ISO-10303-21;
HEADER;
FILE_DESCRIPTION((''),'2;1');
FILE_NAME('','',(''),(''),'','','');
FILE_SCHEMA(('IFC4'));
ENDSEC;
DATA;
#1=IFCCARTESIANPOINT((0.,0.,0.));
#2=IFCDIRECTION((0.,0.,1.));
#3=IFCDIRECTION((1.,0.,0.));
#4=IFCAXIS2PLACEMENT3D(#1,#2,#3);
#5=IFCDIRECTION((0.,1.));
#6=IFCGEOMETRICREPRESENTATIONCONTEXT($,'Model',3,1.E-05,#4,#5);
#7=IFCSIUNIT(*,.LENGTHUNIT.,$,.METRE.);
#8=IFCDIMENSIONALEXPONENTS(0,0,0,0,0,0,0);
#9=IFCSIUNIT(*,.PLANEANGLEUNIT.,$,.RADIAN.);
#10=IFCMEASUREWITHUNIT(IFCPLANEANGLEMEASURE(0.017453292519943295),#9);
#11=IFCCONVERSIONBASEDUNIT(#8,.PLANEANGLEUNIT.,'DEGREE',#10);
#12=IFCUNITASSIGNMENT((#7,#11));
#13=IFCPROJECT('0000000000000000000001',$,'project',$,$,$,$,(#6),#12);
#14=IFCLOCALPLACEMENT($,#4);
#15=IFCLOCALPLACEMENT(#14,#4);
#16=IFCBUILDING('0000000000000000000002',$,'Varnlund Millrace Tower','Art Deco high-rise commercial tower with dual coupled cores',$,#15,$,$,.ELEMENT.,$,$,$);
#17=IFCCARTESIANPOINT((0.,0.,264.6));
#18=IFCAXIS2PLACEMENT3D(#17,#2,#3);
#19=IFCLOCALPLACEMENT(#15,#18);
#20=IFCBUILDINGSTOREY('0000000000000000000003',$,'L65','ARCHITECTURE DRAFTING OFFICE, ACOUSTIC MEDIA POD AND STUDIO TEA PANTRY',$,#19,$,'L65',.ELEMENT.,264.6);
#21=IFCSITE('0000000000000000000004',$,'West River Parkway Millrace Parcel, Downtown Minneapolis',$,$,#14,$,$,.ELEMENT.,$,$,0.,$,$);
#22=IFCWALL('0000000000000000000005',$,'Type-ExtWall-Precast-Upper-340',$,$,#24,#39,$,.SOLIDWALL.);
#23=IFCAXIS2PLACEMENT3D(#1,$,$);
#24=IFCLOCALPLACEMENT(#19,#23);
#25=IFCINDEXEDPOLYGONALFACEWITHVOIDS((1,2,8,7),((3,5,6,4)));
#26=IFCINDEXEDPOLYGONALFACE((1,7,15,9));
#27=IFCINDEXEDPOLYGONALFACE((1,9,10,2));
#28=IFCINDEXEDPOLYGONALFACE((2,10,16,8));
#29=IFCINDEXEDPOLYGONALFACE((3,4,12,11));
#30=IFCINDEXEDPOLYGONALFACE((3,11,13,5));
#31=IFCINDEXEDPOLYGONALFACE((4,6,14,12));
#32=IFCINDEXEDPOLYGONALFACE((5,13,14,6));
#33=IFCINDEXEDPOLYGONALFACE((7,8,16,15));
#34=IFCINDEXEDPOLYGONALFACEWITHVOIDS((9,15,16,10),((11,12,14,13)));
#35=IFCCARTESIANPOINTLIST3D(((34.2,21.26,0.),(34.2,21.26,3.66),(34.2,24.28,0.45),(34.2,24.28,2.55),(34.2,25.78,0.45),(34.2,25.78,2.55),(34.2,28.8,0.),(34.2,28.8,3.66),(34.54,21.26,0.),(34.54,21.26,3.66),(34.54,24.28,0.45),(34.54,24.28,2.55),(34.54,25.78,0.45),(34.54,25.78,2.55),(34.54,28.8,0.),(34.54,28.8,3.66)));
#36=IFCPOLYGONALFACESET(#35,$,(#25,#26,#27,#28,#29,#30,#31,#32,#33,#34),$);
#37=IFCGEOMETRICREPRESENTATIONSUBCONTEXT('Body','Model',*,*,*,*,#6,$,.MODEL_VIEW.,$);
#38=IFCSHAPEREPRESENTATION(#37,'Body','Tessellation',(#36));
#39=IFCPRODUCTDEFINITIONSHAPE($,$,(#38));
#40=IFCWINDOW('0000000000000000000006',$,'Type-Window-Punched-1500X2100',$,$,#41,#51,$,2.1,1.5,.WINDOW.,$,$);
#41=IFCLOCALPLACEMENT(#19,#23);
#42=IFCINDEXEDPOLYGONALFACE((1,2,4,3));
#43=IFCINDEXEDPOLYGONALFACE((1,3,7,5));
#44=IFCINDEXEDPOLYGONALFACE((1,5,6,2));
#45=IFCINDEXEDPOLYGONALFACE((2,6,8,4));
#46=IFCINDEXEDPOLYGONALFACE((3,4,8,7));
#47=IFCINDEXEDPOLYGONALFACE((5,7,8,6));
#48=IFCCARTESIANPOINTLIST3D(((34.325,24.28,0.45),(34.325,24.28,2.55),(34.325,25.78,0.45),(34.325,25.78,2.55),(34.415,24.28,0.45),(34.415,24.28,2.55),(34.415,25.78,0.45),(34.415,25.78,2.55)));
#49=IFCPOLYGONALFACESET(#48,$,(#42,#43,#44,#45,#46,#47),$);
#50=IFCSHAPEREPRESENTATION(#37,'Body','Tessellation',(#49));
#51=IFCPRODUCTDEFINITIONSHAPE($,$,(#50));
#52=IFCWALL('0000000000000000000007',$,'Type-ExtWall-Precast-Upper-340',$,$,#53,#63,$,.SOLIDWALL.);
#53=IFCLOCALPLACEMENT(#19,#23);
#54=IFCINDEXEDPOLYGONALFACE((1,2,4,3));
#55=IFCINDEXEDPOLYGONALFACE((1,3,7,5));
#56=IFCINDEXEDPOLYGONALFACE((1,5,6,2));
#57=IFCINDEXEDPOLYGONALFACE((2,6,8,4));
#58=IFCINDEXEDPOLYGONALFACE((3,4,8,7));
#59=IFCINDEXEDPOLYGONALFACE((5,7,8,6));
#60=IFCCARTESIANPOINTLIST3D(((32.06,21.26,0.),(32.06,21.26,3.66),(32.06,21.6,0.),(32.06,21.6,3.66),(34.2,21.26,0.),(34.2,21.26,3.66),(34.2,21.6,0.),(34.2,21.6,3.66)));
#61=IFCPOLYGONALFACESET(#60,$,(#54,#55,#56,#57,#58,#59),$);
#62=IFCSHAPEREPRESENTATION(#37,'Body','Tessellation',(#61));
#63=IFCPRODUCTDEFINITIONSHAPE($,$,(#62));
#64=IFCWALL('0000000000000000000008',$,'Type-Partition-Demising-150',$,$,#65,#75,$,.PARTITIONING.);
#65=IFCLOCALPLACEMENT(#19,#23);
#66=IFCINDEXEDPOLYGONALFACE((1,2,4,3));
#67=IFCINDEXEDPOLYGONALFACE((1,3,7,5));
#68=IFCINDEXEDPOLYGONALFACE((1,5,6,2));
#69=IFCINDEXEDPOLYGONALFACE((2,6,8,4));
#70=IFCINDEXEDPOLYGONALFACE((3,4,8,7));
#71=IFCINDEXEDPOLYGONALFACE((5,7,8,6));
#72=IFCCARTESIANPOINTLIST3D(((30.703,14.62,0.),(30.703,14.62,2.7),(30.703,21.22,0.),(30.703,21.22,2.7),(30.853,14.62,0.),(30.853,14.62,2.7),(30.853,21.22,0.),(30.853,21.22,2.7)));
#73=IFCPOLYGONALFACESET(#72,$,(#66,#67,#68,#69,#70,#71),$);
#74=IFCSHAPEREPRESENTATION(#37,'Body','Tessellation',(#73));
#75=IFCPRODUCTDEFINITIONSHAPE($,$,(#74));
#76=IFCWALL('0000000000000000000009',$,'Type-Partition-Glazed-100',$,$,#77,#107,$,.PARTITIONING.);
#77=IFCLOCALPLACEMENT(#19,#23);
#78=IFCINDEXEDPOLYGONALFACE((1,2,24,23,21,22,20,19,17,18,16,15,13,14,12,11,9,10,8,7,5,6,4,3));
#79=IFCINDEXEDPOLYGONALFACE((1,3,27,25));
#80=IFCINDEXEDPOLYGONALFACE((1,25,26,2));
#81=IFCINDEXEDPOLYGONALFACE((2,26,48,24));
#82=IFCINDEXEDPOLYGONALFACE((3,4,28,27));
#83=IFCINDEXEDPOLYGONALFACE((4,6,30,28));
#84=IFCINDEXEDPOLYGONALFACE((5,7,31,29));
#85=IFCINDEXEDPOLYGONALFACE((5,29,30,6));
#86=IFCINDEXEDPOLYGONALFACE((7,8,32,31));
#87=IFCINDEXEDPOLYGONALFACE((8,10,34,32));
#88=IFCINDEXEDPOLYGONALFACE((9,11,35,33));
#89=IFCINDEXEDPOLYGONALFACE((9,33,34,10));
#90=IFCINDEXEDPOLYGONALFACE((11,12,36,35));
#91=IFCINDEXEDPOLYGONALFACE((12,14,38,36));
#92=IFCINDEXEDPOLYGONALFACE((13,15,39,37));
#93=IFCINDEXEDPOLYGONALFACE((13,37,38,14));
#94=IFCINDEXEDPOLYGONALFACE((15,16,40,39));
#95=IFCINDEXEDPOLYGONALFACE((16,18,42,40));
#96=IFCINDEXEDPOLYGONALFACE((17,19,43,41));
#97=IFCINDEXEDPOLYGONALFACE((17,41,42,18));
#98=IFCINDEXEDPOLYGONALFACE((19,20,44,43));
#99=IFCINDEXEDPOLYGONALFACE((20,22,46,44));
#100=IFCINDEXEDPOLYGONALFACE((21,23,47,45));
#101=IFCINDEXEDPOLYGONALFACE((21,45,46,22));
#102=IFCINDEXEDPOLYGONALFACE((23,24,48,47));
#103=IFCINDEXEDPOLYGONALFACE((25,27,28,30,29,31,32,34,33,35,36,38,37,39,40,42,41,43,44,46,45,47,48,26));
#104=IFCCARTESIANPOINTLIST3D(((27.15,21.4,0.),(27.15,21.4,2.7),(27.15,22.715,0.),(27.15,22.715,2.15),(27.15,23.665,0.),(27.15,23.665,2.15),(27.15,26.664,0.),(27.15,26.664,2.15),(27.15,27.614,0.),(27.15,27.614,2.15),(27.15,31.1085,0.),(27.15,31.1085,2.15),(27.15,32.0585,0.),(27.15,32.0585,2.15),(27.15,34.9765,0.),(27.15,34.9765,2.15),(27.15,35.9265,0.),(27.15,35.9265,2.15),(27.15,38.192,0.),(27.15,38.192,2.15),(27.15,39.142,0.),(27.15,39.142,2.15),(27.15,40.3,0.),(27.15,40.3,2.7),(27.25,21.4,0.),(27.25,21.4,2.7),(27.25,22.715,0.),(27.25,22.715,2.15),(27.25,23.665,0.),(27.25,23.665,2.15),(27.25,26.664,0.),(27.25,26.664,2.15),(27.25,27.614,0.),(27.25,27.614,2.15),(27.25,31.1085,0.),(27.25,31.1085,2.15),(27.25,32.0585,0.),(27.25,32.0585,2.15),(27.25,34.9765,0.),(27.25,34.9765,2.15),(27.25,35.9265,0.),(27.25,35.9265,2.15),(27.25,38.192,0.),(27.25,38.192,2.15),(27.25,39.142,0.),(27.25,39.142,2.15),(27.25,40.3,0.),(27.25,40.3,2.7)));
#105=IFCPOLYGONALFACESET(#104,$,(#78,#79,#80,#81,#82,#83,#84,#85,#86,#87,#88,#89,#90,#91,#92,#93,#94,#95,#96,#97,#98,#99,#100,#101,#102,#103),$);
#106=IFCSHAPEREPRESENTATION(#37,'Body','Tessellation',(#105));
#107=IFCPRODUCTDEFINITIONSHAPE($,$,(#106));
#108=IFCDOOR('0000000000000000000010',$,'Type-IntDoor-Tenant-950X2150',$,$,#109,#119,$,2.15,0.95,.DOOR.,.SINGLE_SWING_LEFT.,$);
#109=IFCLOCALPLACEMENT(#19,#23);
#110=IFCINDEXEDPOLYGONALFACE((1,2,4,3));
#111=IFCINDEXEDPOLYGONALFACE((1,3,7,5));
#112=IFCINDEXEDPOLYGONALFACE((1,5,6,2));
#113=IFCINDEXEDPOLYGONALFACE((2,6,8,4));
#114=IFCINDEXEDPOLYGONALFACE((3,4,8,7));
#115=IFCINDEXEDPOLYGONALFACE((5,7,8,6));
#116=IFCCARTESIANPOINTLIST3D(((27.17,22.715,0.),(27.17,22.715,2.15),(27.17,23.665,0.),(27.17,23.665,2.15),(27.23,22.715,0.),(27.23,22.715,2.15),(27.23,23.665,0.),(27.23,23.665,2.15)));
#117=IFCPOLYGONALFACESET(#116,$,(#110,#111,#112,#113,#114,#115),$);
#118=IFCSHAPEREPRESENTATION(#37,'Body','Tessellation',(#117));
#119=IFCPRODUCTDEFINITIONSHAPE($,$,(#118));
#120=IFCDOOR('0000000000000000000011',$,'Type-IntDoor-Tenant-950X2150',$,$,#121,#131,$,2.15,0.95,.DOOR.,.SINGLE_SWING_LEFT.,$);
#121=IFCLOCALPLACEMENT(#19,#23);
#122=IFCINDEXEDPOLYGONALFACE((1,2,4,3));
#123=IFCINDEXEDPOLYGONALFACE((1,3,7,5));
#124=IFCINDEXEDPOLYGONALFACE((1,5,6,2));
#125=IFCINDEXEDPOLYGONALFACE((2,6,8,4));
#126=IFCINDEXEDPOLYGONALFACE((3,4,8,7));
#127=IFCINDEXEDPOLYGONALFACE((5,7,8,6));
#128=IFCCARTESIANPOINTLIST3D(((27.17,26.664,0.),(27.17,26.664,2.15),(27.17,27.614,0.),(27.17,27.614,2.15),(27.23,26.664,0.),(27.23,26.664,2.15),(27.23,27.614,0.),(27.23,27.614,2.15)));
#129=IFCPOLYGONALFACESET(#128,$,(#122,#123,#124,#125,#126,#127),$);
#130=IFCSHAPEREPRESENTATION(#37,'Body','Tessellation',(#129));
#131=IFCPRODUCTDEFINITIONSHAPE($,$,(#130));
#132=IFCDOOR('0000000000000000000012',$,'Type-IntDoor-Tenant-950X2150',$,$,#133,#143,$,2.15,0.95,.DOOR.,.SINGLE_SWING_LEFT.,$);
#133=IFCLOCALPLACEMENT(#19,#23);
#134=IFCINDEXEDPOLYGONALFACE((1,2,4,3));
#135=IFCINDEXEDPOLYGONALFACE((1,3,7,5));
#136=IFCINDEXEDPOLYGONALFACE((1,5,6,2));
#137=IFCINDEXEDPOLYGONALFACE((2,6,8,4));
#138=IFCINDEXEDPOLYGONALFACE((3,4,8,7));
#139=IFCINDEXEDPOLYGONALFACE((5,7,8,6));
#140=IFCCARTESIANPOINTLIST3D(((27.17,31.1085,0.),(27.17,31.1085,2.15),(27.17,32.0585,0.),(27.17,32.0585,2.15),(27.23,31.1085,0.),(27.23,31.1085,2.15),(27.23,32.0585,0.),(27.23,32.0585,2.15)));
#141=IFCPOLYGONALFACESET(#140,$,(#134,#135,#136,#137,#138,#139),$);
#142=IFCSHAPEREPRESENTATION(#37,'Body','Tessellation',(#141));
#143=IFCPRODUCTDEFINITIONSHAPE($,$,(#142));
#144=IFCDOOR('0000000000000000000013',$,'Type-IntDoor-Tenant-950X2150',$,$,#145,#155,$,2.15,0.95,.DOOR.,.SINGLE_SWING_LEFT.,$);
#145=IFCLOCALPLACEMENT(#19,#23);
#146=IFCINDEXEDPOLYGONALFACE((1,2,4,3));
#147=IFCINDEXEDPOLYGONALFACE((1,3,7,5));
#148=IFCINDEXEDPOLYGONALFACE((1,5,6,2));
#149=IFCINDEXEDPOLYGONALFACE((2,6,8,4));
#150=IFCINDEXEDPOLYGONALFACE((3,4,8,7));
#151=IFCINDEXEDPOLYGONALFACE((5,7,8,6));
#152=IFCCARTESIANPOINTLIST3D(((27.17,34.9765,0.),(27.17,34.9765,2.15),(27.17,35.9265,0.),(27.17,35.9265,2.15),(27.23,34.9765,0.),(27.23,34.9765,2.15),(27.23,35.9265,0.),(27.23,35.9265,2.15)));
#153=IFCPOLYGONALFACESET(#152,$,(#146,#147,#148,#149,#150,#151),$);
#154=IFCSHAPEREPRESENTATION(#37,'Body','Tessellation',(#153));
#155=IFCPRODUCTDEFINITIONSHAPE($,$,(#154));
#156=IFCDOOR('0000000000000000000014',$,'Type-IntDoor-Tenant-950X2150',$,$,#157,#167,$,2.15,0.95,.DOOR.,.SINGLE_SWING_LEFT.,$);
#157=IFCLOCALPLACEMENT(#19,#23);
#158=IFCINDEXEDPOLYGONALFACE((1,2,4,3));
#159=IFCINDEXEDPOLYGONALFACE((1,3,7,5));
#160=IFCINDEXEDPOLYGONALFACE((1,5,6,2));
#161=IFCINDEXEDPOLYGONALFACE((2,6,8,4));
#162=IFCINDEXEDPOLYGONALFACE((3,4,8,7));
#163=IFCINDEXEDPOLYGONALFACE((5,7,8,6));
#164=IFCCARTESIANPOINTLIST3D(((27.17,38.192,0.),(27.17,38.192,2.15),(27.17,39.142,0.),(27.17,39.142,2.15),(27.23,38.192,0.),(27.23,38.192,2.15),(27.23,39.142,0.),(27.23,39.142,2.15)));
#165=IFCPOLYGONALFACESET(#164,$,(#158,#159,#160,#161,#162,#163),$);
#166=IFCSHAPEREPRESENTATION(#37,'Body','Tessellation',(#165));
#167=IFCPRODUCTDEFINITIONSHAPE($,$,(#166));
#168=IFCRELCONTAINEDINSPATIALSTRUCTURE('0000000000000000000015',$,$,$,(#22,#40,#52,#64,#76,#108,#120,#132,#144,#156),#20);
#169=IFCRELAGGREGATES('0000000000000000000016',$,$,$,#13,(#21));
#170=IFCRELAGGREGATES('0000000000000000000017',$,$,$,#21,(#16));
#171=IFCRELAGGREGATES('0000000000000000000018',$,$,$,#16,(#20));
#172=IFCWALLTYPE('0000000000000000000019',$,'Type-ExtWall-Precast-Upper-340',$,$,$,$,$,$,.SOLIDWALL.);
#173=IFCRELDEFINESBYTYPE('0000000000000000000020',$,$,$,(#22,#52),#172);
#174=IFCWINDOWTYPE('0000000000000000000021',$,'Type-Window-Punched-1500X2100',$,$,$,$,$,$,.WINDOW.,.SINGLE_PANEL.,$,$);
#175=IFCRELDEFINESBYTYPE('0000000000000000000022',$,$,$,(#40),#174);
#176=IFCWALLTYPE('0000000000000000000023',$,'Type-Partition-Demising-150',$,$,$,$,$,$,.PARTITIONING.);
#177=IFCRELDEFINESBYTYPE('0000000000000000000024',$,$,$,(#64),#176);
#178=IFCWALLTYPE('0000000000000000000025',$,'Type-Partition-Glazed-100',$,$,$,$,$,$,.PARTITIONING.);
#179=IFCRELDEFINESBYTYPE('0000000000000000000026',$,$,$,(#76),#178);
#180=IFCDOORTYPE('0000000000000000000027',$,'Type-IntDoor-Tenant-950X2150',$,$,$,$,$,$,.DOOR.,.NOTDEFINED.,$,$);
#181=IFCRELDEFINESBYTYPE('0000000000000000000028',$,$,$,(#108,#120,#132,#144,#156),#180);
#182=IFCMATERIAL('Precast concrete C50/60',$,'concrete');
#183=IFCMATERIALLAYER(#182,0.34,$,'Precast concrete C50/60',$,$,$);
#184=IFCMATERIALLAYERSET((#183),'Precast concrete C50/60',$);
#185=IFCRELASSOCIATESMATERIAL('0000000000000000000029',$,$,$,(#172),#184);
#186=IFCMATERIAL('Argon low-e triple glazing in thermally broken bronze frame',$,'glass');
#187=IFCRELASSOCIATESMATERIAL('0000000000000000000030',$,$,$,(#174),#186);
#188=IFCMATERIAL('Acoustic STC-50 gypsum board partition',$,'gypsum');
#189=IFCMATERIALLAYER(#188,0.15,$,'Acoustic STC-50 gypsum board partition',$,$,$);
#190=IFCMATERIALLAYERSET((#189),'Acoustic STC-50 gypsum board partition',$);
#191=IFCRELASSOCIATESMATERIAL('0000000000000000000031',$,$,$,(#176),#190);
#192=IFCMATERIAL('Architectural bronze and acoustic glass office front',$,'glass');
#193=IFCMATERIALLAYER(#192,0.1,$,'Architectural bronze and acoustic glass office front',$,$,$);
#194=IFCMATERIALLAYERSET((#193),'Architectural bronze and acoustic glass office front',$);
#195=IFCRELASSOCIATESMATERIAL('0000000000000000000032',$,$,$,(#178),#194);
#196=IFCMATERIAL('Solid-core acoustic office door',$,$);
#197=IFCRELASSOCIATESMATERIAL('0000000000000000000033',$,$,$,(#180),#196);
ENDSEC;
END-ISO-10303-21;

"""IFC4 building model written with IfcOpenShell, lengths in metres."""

from ifc_helpers import new_model, entity, si_unit, converted_unit, direction, frame, origin_with_axes, origin_2d_with_axis, place, context, subcontext, project, spatial, polyline, rectangle, outline, extrude, material, layer, layer_set, type_object, element, fill, save


model = new_model("IFC4")

# Units and contexts
model_context = context("Model", 3, precision=1e-05, world=origin_with_axes(), true_north=direction((0.0, 1.0)))
body_context = subcontext(model_context, "Body", "Model", "MODEL_VIEW")
ifc_project = project(units=[si_unit("LENGTHUNIT", "METRE"), converted_unit("PLANEANGLEUNIT", "DEGREE", entity("IfcPlaneAngleMeasure", 0.017453292519943295), si_unit("PLANEANGLEUNIT", "RADIAN"), dimensions=[0, 0, 0, 0, 0, 0, 0])], contexts=[model_context])

# Site, building, storey
site_placement = place(None, origin_with_axes())
site = spatial("IfcSite", under=ifc_project, at=site_placement, Name="West River Parkway Millrace Parcel, Downtown Minneapolis", CompositionType="ELEMENT", RefElevation=0.0)
building_placement = place(site_placement, origin_with_axes())
building = spatial("IfcBuilding", under=site, at=building_placement, Name="Varnlund Millrace Tower", Description="Art Deco high-rise commercial tower with dual coupled cores", CompositionType="ELEMENT")
storey_placement = place(building_placement, frame((0.0, 0.0, 264.6), z_axis=(0.0, 0.0, 1.0), x_axis=(1.0, 0.0, 0.0)))
storey = spatial("IfcBuildingStorey", under=building, at=storey_placement, Name="L65", Description="ARCHITECTURE DRAFTING OFFICE, ACOUSTIC MEDIA POD AND STUDIO TEA PANTRY", LongName="L65", CompositionType="ELEMENT", Elevation=264.6)

# Wall, opening, window
ifc_material_1 = material(Name="Precast concrete C50/60", Category="concrete")
ifc_layer_1 = layer(ifc_material_1, 0.34, Name="Precast concrete C50/60")
ifc_layer_set_1 = layer_set([ifc_layer_1], Name="Precast concrete C50/60")
wall_type_1 = type_object("IfcWallType", Name="Type-ExtWall-Precast-Upper-340", PredefinedType="SOLIDWALL", material=ifc_layer_set_1)
wall_1_placement = place(storey_placement, frame((34.37, 21.26, 0.0), z_axis=(0.0, 0.0, 1.0), x_axis=(0.0, 1.0, 0.0)))
wall_1 = element("IfcWall", 1, at=wall_1_placement, inside=storey, type_object=wall_type_1, Name="Type-ExtWall-Precast-Upper-340", PredefinedType="SOLIDWALL", context=body_context, shape_type="SweptSolid", body=[
    extrude(outline(polyline([(0.0, -0.17), (7.54, -0.17), (7.54, 0.17), (0.0, 0.17), (0.0, -0.17)])), origin_with_axes(), (0.0, 0.0, 1.0), 3.66),
])
opening_1_placement = place(wall_1_placement, frame((3.77, 0.0, 0.45), z_axis=(0.0, 0.0, 1.0), x_axis=(1.0, 0.0, 0.0)))
opening_1 = element("IfcOpeningElement", 2, at=opening_1_placement, cuts=wall_1, PredefinedType="OPENING", context=body_context, shape_type="SweptSolid", body=[
    extrude(rectangle(XDim=1.5, YDim=0.36, at=origin_2d_with_axis()), origin_with_axes(), (0.0, 0.0, 1.0), 2.1),
])
ifc_material_2 = material(Name="Argon low-e triple glazing in thermally broken bronze frame", Category="glass")
window_type = type_object("IfcWindowType", Name="Type-Window-Punched-1500X2100", PartitioningType="SINGLE_PANEL", PredefinedType="WINDOW", material=ifc_material_2)
window_placement = place(wall_1_placement, frame((3.77, 0.0, 0.45), z_axis=(0.0, 0.0, 1.0), x_axis=(1.0, 0.0, 0.0)))
window = element("IfcWindow", 3, at=window_placement, inside=storey, type_object=window_type, Name="Type-Window-Punched-1500X2100", OverallHeight=2.1, OverallWidth=1.5, PredefinedType="WINDOW", context=body_context, shape_type="SweptSolid", body=[
    extrude(rectangle(XDim=1.5, YDim=0.09, at=origin_2d_with_axis()), origin_with_axes(), (0.0, 0.0, 1.0), 2.1),
])
fill(opening_1, window)

# Walls
wall_2_placement = place(storey_placement, frame((32.06, 21.43, 0.0), z_axis=(0.0, 0.0, 1.0), x_axis=(1.0, 0.0, 0.0)))
element("IfcWall", 4, at=wall_2_placement, inside=storey, type_object=wall_type_1, Name="Type-ExtWall-Precast-Upper-340", PredefinedType="SOLIDWALL", context=body_context, shape_type="SweptSolid", body=[
    extrude(outline(polyline([(0.0, -0.17), (2.14, -0.17), (2.14, 0.17), (0.0, 0.17), (0.0, -0.17)])), origin_with_axes(), (0.0, 0.0, 1.0), 3.66),
])
ifc_material_3 = material(Name="Acoustic STC-50 gypsum board partition", Category="gypsum")
ifc_layer_2 = layer(ifc_material_3, 0.15, Name="Acoustic STC-50 gypsum board partition")
ifc_layer_set_2 = layer_set([ifc_layer_2], Name="Acoustic STC-50 gypsum board partition")
wall_type_2 = type_object("IfcWallType", Name="Type-Partition-Demising-150", PredefinedType="PARTITIONING", material=ifc_layer_set_2)
wall_3_placement = place(storey_placement, frame((30.778, 14.62, 0.0), z_axis=(0.0, 0.0, 1.0), x_axis=(0.0, 1.0, 0.0)))
element("IfcWall", 5, at=wall_3_placement, inside=storey, type_object=wall_type_2, Name="Type-Partition-Demising-150", PredefinedType="PARTITIONING", context=body_context, shape_type="SweptSolid", body=[
    extrude(outline(polyline([(0.0, -0.075), (6.6, -0.075), (6.6, 0.075), (0.0, 0.075), (0.0, -0.075)])), origin_with_axes(), (0.0, 0.0, 1.0), 2.7),
])

# Wall, openings, doors
ifc_material_4 = material(Name="Architectural bronze and acoustic glass office front", Category="glass")
ifc_layer_3 = layer(ifc_material_4, 0.1, Name="Architectural bronze and acoustic glass office front")
ifc_layer_set_3 = layer_set([ifc_layer_3], Name="Architectural bronze and acoustic glass office front")
wall_type_3 = type_object("IfcWallType", Name="Type-Partition-Glazed-100", PredefinedType="PARTITIONING", material=ifc_layer_set_3)
wall_4_placement = place(storey_placement, frame((27.2, 21.4, 0.0), z_axis=(0.0, 0.0, 1.0), x_axis=(0.0, 1.0, 0.0)))
wall_4 = element("IfcWall", 6, at=wall_4_placement, inside=storey, type_object=wall_type_3, Name="Type-Partition-Glazed-100", PredefinedType="PARTITIONING", context=body_context, shape_type="SweptSolid", body=[
    extrude(outline(polyline([(0.0, -0.05), (18.9, -0.05), (18.9, 0.05), (0.0, 0.05), (0.0, -0.05)])), origin_with_axes(), (0.0, 0.0, 1.0), 2.7),
])
opening_2_placement = place(wall_4_placement, frame((1.79, 0.0, 0.0), z_axis=(0.0, 0.0, 1.0), x_axis=(1.0, 0.0, 0.0)))
opening_2 = element("IfcOpeningElement", 7, at=opening_2_placement, cuts=wall_4, PredefinedType="OPENING", context=body_context, shape_type="SweptSolid", body=[
    extrude(rectangle(XDim=0.95, YDim=0.12, at=origin_2d_with_axis()), origin_with_axes(), (0.0, 0.0, 1.0), 2.15),
])
opening_3_placement = place(wall_4_placement, frame((5.739, 0.0, 0.0), z_axis=(0.0, 0.0, 1.0), x_axis=(1.0, 0.0, 0.0)))
opening_3 = element("IfcOpeningElement", 8, at=opening_3_placement, cuts=wall_4, PredefinedType="OPENING", context=body_context, shape_type="SweptSolid", body=[
    extrude(rectangle(XDim=0.95, YDim=0.12, at=origin_2d_with_axis()), origin_with_axes(), (0.0, 0.0, 1.0), 2.15),
])
opening_4_placement = place(wall_4_placement, frame((10.1835, 0.0, 0.0), z_axis=(0.0, 0.0, 1.0), x_axis=(1.0, 0.0, 0.0)))
opening_4 = element("IfcOpeningElement", 9, at=opening_4_placement, cuts=wall_4, PredefinedType="OPENING", context=body_context, shape_type="SweptSolid", body=[
    extrude(rectangle(XDim=0.95, YDim=0.12, at=origin_2d_with_axis()), origin_with_axes(), (0.0, 0.0, 1.0), 2.15),
])
opening_5_placement = place(wall_4_placement, frame((14.0515, 0.0, 0.0), z_axis=(0.0, 0.0, 1.0), x_axis=(1.0, 0.0, 0.0)))
opening_5 = element("IfcOpeningElement", 10, at=opening_5_placement, cuts=wall_4, PredefinedType="OPENING", context=body_context, shape_type="SweptSolid", body=[
    extrude(rectangle(XDim=0.95, YDim=0.12, at=origin_2d_with_axis()), origin_with_axes(), (0.0, 0.0, 1.0), 2.15),
])
opening_6_placement = place(wall_4_placement, frame((17.267, 0.0, 0.0), z_axis=(0.0, 0.0, 1.0), x_axis=(1.0, 0.0, 0.0)))
opening_6 = element("IfcOpeningElement", 11, at=opening_6_placement, cuts=wall_4, PredefinedType="OPENING", context=body_context, shape_type="SweptSolid", body=[
    extrude(rectangle(XDim=0.95, YDim=0.12, at=origin_2d_with_axis()), origin_with_axes(), (0.0, 0.0, 1.0), 2.15),
])
ifc_material_5 = material(Name="Solid-core acoustic office door")
door_type = type_object("IfcDoorType", Name="Type-IntDoor-Tenant-950X2150", OperationType="NOTDEFINED", PredefinedType="DOOR", material=ifc_material_5)
door_1_placement = place(wall_4_placement, frame((1.79, 0.0, 0.0), z_axis=(0.0, 0.0, 1.0), x_axis=(1.0, 0.0, 0.0)))
door_1 = element("IfcDoor", 12, at=door_1_placement, inside=storey, type_object=door_type, Name="Type-IntDoor-Tenant-950X2150", OperationType="SINGLE_SWING_LEFT", OverallHeight=2.15, OverallWidth=0.95, PredefinedType="DOOR", context=body_context, shape_type="SweptSolid", body=[
    extrude(rectangle(XDim=0.95, YDim=0.06, at=origin_2d_with_axis()), origin_with_axes(), (0.0, 0.0, 1.0), 2.15),
])
fill(opening_2, door_1)
door_2_placement = place(wall_4_placement, frame((5.739, 0.0, 0.0), z_axis=(0.0, 0.0, 1.0), x_axis=(1.0, 0.0, 0.0)))
door_2 = element("IfcDoor", 13, at=door_2_placement, inside=storey, type_object=door_type, Name="Type-IntDoor-Tenant-950X2150", OperationType="SINGLE_SWING_LEFT", OverallHeight=2.15, OverallWidth=0.95, PredefinedType="DOOR", context=body_context, shape_type="SweptSolid", body=[
    extrude(rectangle(XDim=0.95, YDim=0.06, at=origin_2d_with_axis()), origin_with_axes(), (0.0, 0.0, 1.0), 2.15),
])
fill(opening_3, door_2)
door_3_placement = place(wall_4_placement, frame((10.1835, 0.0, 0.0), z_axis=(0.0, 0.0, 1.0), x_axis=(1.0, 0.0, 0.0)))
door_3 = element("IfcDoor", 14, at=door_3_placement, inside=storey, type_object=door_type, Name="Type-IntDoor-Tenant-950X2150", OperationType="SINGLE_SWING_LEFT", OverallHeight=2.15, OverallWidth=0.95, PredefinedType="DOOR", context=body_context, shape_type="SweptSolid", body=[
    extrude(rectangle(XDim=0.95, YDim=0.06, at=origin_2d_with_axis()), origin_with_axes(), (0.0, 0.0, 1.0), 2.15),
])
fill(opening_4, door_3)
door_4_placement = place(wall_4_placement, frame((14.0515, 0.0, 0.0), z_axis=(0.0, 0.0, 1.0), x_axis=(1.0, 0.0, 0.0)))
door_4 = element("IfcDoor", 15, at=door_4_placement, inside=storey, type_object=door_type, Name="Type-IntDoor-Tenant-950X2150", OperationType="SINGLE_SWING_LEFT", OverallHeight=2.15, OverallWidth=0.95, PredefinedType="DOOR", context=body_context, shape_type="SweptSolid", body=[
    extrude(rectangle(XDim=0.95, YDim=0.06, at=origin_2d_with_axis()), origin_with_axes(), (0.0, 0.0, 1.0), 2.15),
])
fill(opening_5, door_4)
door_5_placement = place(wall_4_placement, frame((17.267, 0.0, 0.0), z_axis=(0.0, 0.0, 1.0), x_axis=(1.0, 0.0, 0.0)))
door_5 = element("IfcDoor", 16, at=door_5_placement, inside=storey, type_object=door_type, Name="Type-IntDoor-Tenant-950X2150", OperationType="SINGLE_SWING_LEFT", OverallHeight=2.15, OverallWidth=0.95, PredefinedType="DOOR", context=body_context, shape_type="SweptSolid", body=[
    extrude(rectangle(XDim=0.95, YDim=0.06, at=origin_2d_with_axis()), origin_with_axes(), (0.0, 0.0, 1.0), 2.15),
])
fill(opening_6, door_5)

save(model, "model.ifc")
